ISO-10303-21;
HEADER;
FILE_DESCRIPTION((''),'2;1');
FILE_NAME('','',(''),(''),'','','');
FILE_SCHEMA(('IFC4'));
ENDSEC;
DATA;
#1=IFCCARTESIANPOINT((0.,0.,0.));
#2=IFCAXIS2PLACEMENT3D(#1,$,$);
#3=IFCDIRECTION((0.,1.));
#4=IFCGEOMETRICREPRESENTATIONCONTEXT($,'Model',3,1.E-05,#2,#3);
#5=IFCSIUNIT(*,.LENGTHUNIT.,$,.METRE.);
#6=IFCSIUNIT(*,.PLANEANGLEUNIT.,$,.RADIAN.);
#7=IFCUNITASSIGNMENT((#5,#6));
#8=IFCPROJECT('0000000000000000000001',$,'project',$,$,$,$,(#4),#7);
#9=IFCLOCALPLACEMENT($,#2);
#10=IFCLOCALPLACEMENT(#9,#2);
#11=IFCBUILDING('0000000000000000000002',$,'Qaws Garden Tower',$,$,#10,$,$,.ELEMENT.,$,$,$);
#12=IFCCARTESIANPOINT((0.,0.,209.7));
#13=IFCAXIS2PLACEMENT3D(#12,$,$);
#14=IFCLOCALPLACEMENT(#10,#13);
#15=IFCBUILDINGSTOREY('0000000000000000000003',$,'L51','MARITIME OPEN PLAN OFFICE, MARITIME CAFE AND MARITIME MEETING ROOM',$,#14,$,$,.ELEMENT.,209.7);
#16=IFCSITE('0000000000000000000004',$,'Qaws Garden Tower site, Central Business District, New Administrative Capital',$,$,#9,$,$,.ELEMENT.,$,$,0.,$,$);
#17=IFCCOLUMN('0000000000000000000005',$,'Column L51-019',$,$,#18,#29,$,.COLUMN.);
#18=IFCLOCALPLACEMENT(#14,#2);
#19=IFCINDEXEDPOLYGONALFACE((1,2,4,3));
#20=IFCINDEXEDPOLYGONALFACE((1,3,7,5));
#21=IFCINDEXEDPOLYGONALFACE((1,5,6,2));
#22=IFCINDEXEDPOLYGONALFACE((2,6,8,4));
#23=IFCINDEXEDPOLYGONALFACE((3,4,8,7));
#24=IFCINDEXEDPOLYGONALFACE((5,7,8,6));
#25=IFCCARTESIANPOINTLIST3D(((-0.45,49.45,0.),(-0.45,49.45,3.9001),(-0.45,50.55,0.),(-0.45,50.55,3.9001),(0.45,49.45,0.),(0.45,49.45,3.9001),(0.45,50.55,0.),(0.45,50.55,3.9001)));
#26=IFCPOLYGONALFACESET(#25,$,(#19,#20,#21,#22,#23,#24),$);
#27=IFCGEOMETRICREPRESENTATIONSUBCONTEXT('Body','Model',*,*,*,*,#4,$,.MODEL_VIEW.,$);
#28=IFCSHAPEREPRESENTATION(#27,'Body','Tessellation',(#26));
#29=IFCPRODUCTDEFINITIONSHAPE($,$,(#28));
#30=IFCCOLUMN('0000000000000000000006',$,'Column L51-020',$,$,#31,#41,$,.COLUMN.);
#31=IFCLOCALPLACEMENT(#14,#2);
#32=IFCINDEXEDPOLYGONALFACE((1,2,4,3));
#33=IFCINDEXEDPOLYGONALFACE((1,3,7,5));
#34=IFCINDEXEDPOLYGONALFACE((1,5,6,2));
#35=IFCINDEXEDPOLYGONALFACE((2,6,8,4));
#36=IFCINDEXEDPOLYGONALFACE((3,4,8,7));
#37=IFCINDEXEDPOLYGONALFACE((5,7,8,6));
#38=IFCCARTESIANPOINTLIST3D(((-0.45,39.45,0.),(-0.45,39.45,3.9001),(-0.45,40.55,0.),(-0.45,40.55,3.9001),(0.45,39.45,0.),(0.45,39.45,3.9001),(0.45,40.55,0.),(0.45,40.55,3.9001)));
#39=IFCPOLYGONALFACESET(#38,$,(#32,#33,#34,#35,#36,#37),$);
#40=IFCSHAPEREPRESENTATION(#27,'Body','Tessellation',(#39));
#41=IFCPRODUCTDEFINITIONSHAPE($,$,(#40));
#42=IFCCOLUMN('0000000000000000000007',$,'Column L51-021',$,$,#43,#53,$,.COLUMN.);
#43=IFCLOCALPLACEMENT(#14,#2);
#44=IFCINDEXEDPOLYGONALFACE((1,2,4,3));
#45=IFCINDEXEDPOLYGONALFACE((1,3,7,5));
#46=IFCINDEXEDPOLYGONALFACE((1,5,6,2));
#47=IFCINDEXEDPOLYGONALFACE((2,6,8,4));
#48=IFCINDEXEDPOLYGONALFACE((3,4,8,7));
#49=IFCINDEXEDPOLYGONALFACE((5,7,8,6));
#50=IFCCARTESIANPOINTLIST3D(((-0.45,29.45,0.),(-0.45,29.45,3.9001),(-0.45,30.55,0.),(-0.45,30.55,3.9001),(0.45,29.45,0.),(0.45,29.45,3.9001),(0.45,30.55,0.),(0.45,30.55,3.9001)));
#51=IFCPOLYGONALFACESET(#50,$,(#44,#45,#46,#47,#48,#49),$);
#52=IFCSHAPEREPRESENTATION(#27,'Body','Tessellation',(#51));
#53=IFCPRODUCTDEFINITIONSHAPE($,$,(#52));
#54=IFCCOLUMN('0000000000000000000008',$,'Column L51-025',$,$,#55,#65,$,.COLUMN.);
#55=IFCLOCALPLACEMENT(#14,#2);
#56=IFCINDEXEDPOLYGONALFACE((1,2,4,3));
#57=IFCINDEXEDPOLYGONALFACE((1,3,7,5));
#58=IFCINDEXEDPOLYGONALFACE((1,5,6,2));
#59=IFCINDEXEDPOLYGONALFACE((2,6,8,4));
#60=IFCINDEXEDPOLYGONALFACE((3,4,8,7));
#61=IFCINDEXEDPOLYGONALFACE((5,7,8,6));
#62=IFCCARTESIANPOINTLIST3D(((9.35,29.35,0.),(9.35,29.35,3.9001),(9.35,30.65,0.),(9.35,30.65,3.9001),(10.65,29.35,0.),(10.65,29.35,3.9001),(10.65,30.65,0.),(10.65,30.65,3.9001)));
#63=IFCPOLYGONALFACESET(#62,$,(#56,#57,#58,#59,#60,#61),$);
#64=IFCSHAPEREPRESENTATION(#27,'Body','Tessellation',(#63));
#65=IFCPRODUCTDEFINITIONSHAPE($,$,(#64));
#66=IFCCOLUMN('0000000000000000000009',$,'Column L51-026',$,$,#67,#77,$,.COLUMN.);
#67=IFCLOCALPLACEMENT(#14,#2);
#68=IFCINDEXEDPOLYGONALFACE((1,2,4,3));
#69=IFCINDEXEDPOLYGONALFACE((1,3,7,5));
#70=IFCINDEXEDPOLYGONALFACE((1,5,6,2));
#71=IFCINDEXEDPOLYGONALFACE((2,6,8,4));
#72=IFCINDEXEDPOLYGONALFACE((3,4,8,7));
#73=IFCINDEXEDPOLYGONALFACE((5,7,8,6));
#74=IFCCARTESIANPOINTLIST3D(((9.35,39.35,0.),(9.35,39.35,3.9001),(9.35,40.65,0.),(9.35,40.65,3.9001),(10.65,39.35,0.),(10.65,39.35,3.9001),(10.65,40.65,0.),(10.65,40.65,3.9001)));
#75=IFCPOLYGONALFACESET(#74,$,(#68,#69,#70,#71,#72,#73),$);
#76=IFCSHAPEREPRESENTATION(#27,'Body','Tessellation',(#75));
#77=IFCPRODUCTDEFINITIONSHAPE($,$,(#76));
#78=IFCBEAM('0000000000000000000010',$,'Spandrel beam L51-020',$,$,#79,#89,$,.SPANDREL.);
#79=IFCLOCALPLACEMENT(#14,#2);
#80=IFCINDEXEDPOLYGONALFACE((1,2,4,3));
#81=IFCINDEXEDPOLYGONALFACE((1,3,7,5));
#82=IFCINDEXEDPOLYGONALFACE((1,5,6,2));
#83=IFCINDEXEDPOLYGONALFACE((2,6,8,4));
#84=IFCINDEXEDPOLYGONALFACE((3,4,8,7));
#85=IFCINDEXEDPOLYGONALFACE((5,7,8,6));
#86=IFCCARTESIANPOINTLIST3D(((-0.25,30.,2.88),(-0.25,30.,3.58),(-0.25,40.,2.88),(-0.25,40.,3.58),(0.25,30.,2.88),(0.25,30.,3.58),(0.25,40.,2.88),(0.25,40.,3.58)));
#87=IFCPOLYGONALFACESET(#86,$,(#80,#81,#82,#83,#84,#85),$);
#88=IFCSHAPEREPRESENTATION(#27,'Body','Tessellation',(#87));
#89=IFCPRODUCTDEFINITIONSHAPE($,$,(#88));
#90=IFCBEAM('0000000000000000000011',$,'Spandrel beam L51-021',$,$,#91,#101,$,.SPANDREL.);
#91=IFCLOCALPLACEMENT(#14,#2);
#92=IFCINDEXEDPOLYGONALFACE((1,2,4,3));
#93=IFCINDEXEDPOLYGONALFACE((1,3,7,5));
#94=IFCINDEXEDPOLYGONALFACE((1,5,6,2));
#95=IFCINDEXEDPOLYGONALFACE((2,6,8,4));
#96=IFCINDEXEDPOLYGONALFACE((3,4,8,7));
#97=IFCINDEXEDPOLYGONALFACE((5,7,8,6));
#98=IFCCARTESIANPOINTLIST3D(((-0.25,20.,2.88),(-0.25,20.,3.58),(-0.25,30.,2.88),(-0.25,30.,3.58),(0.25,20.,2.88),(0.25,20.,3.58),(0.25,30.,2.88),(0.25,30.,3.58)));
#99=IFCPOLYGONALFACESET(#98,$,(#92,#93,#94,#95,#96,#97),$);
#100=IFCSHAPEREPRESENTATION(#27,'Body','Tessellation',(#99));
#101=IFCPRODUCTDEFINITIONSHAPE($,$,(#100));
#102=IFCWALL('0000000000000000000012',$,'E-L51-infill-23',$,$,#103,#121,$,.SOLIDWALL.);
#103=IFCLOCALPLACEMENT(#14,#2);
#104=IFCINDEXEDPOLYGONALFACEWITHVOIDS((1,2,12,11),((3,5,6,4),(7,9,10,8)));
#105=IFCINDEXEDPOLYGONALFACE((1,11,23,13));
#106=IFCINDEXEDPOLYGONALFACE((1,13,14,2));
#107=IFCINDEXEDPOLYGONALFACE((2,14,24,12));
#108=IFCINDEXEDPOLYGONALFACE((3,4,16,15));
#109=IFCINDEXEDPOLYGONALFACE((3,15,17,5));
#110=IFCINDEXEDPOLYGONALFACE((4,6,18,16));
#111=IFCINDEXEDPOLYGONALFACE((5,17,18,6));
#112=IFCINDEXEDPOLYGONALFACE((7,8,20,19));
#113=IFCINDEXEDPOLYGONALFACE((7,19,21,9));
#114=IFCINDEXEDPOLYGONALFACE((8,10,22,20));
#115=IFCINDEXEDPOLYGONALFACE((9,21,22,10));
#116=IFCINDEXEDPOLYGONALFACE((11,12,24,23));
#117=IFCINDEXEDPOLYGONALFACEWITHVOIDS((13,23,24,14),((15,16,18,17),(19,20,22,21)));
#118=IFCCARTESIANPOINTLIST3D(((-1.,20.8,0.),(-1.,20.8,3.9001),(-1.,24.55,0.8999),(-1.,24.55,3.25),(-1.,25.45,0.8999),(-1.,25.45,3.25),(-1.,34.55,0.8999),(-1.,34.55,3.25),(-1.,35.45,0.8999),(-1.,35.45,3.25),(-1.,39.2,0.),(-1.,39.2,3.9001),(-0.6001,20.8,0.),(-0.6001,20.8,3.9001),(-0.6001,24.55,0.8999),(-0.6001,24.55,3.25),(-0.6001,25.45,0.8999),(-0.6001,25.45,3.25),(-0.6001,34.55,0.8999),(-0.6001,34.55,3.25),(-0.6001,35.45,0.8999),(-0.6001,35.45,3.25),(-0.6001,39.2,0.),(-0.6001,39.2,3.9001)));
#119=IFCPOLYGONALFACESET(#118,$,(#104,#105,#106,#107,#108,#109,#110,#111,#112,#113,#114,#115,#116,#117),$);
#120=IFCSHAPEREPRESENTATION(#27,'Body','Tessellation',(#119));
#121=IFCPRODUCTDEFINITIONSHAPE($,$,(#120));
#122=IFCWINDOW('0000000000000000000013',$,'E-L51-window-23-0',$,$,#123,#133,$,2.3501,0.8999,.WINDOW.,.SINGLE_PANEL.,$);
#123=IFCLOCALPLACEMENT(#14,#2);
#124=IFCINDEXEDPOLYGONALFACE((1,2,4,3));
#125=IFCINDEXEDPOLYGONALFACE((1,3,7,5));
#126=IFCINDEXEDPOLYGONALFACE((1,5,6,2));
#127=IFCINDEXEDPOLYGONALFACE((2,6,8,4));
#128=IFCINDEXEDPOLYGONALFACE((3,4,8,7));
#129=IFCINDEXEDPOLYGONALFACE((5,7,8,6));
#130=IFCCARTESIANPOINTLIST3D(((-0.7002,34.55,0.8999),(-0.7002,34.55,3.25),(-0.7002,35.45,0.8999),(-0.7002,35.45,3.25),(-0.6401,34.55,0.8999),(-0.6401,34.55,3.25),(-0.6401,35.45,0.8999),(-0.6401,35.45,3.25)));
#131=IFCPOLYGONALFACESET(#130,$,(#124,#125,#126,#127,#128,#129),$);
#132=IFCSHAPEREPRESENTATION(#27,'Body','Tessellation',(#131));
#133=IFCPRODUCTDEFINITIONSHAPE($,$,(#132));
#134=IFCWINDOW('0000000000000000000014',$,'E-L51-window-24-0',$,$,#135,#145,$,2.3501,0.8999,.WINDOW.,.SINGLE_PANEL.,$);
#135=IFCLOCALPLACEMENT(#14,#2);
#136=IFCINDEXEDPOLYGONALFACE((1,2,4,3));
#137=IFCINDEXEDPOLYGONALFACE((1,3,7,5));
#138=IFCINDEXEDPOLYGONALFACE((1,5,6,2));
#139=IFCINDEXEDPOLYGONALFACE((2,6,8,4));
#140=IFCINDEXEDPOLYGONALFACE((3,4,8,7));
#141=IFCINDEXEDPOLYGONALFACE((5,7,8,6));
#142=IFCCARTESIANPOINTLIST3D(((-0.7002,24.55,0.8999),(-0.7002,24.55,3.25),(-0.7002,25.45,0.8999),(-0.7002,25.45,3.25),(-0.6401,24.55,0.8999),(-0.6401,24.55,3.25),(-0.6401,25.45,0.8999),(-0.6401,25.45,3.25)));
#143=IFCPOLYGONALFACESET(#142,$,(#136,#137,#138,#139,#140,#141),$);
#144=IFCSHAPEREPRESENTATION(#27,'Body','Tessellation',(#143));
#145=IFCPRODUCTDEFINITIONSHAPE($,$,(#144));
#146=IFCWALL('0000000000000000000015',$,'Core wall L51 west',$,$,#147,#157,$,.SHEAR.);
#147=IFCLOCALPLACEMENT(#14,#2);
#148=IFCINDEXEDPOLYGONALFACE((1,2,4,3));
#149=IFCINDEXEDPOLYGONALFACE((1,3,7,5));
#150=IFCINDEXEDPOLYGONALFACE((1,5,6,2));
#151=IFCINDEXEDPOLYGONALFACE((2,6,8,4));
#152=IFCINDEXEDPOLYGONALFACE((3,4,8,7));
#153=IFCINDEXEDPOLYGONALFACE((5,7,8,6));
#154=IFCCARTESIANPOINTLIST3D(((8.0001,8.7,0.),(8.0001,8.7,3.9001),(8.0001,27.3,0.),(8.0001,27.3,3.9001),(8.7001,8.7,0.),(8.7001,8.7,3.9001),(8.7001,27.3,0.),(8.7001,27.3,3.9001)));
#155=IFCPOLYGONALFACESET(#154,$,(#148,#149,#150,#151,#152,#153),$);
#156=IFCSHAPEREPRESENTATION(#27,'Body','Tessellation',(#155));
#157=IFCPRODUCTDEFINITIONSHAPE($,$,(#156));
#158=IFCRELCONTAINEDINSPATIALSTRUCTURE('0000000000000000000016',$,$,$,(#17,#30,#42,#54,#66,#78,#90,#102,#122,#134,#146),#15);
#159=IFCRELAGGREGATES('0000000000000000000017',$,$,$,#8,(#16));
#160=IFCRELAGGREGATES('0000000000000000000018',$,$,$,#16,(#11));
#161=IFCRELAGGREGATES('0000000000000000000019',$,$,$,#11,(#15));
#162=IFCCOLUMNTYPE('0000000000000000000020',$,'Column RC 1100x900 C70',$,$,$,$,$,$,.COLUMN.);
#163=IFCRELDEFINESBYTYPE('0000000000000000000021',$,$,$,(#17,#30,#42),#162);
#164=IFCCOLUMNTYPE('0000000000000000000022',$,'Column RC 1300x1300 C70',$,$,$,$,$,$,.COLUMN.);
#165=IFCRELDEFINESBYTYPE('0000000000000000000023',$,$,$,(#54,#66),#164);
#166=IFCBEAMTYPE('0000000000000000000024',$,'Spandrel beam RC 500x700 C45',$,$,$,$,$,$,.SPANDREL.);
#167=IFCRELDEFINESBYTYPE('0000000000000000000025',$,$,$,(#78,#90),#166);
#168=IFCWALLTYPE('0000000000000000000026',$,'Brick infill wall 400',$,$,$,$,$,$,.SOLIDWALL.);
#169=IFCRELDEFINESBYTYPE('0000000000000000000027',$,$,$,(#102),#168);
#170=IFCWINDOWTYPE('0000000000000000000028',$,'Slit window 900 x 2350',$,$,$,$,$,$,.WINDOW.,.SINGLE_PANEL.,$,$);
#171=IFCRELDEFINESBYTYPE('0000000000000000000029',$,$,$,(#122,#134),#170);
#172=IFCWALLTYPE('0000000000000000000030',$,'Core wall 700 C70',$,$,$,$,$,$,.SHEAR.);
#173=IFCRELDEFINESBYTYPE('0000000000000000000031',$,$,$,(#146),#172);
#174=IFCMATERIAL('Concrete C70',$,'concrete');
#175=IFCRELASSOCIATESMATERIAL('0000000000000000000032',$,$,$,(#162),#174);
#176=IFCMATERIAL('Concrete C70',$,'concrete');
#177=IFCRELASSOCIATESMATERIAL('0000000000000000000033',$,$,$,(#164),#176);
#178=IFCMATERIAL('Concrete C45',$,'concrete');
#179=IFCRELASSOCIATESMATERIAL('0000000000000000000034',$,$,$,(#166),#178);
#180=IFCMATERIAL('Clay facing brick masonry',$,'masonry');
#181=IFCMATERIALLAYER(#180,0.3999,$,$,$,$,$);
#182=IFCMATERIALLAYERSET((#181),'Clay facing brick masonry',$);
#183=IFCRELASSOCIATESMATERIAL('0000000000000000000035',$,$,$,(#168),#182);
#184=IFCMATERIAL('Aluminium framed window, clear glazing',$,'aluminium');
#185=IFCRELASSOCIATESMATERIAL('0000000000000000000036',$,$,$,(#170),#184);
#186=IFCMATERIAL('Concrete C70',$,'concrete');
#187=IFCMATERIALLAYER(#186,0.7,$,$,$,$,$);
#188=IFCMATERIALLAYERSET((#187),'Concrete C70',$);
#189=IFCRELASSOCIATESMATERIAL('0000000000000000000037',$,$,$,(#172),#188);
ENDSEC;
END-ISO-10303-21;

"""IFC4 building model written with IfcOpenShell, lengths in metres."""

from ifc_helpers import new_model, si_unit, direction, frame, frame_2d, origin, origin_2d, place, context, subcontext, project, spatial, rectangle, extrude, material, layer, layer_set, material_profile, profile_set, type_object, element, fill, save


model = new_model("IFC4")

# Units and contexts
model_context = context("Model", 3, precision=1e-05, world=origin(), true_north=direction((0.0, 1.0)))
body_context = subcontext(model_context, "Body", "Model", "MODEL_VIEW")
ifc_project = project(units=[si_unit("LENGTHUNIT", "METRE"), si_unit("PLANEANGLEUNIT", "RADIAN")], contexts=[model_context])

# Site, building, storey
site_placement = place(None, origin())
site = spatial("IfcSite", under=ifc_project, at=site_placement, Name="Qaws Garden Tower site, Central Business District, New Administrative Capital", CompositionType="ELEMENT", RefElevation=0.0)
building_placement = place(site_placement, origin())
building = spatial("IfcBuilding", under=site, at=building_placement, Name="Qaws Garden Tower", CompositionType="ELEMENT")
storey_placement = place(building_placement, frame((0.0, 0.0, 209.7)))
storey = spatial("IfcBuildingStorey", under=building, at=storey_placement, Name="L51", Description="MARITIME OPEN PLAN OFFICE, MARITIME CAFE AND MARITIME MEETING ROOM", CompositionType="ELEMENT", Elevation=209.7)

# Columns
ifc_material_1 = material(Name="Concrete C70", Category="concrete")
ifc_material_profile_1 = material_profile(ifc_material_1, rectangle(XDim=1.1001, YDim=0.8999, at=origin_2d()), Name="RC 1100x900")
ifc_profile_set_1 = profile_set([ifc_material_profile_1], Name="Concrete C70")
column_type_1 = type_object("IfcColumnType", Name="Column RC 1100x900 C70", PredefinedType="COLUMN", material=ifc_profile_set_1)
for number, where, z_axis, x_axis, name in (
    (1, (0.0, 50.0, 0.0), (0.0, 0.0, 1.0), (0.0, 1.0, 0.0), "Column L51-019"),
    (2, (0.0, 40.0, 0.0), (0.0, 0.0, 1.0), (0.0, 1.0, 0.0), "Column L51-020"),
    (3, (0.0, 30.0, 0.0), (0.0, 0.0, 1.0), (0.0, 1.0, 0.0), "Column L51-021"),
):
    element("IfcColumn", number, at=place(storey_placement, frame(where, z_axis=z_axis, x_axis=x_axis)), inside=storey, type_object=column_type_1, Name=name, PredefinedType="COLUMN", context=body_context, shape_type="SweptSolid", body=[
        extrude(rectangle(XDim=1.1001, YDim=0.8999, at=origin_2d()), origin(), (0.0, 0.0, 1.0), 3.9001),
    ])
ifc_material_2 = material(Name="Concrete C70", Category="concrete")
ifc_material_profile_2 = material_profile(ifc_material_2, rectangle(XDim=1.3, YDim=1.3, at=origin_2d()), Name="RC 1300x1300")
ifc_profile_set_2 = profile_set([ifc_material_profile_2], Name="Concrete C70")
column_type_2 = type_object("IfcColumnType", Name="Column RC 1300x1300 C70", PredefinedType="COLUMN", material=ifc_profile_set_2)
for number, where, z_axis, x_axis, name in (
    (4, (10.0, 30.0, 0.0), (0.0, 0.0, 1.0), (1.0, 0.0, 0.0), "Column L51-025"),
    (5, (10.0, 40.0, 0.0), (0.0, 0.0, 1.0), (1.0, 0.0, 0.0), "Column L51-026"),
):
    element("IfcColumn", number, at=place(storey_placement, frame(where, z_axis=z_axis, x_axis=x_axis)), inside=storey, type_object=column_type_2, Name=name, PredefinedType="COLUMN", context=body_context, shape_type="SweptSolid", body=[
        extrude(rectangle(XDim=1.3, YDim=1.3, at=origin_2d()), origin(), (0.0, 0.0, 1.0), 3.9001),
    ])

# Beams
ifc_material_3 = material(Name="Concrete C45", Category="concrete")
ifc_material_profile_3 = material_profile(ifc_material_3, rectangle(XDim=0.5, YDim=0.7, at=origin_2d()), Name="RC 500x700")
ifc_profile_set_3 = profile_set([ifc_material_profile_3], Name="Concrete C45")
beam_type = type_object("IfcBeamType", Name="Spandrel beam RC 500x700 C45", PredefinedType="SPANDREL", material=ifc_profile_set_3)
for number, where, z_axis, x_axis, name in (
    (6, (0.0, 40.0, 3.23), (0.0, -1.0, 0.0), (1.0, 0.0, 0.0), "Spandrel beam L51-020"),
    (7, (0.0, 30.0, 3.23), (0.0, -1.0, 0.0), (1.0, 0.0, 0.0), "Spandrel beam L51-021"),
):
    element("IfcBeam", number, at=place(storey_placement, frame(where, z_axis=z_axis, x_axis=x_axis)), inside=storey, type_object=beam_type, Name=name, PredefinedType="SPANDREL", context=body_context, shape_type="SweptSolid", body=[
        extrude(rectangle(XDim=0.5, YDim=0.7, at=origin_2d()), origin(), (0.0, 0.0, 1.0), 10.0),
    ])

# Wall, openings, windows
ifc_material_4 = material(Name="Clay facing brick masonry", Category="masonry")
ifc_layer_1 = layer(ifc_material_4, 0.3999)
ifc_layer_set_1 = layer_set([ifc_layer_1], Name="Clay facing brick masonry")
wall_type_1 = type_object("IfcWallType", Name="Brick infill wall 400", PredefinedType="SOLIDWALL", material=ifc_layer_set_1)
wall_1_placement = place(storey_placement, frame((-0.8, 39.2, 0.0), z_axis=(0.0, 0.0, 1.0), x_axis=(0.0, -1.0, 0.0)))
wall_1 = element("IfcWall", 8, at=wall_1_placement, inside=storey, type_object=wall_type_1, Name="E-L51-infill-23", PredefinedType="SOLIDWALL", context=body_context, shape_type="SweptSolid", body=[
    extrude(rectangle(XDim=18.3999, YDim=0.3999, at=frame_2d((9.2, 0.0))), origin(), (0.0, 0.0, 1.0), 3.9001),
])
opening_1_placement = place(wall_1_placement, frame((3.75, 0.0, 0.8999)))
opening_1 = element("IfcOpeningElement", 9, at=opening_1_placement, cuts=wall_1, PredefinedType="OPENING", context=body_context, shape_type="SweptSolid", body=[
    extrude(rectangle(XDim=0.8999, YDim=2.3501, at=frame_2d((0.45, 1.175))), frame((0.0, 0.21, 0.0), z_axis=(0.0, -1.0, 0.0), x_axis=(1.0, 0.0, 0.0)), (0.0, 0.0, 1.0), 0.4199),
])
opening_2_placement = place(wall_1_placement, frame((13.75, 0.0, 0.8999)))
opening_2 = element("IfcOpeningElement", 10, at=opening_2_placement, cuts=wall_1, PredefinedType="OPENING", context=body_context, shape_type="SweptSolid", body=[
    extrude(rectangle(XDim=0.8999, YDim=2.3501, at=frame_2d((0.45, 1.175))), frame((0.0, 0.21, 0.0), z_axis=(0.0, -1.0, 0.0), x_axis=(1.0, 0.0, 0.0)), (0.0, 0.0, 1.0), 0.4199),
])
ifc_material_5 = material(Name="Aluminium framed window, clear glazing", Category="aluminium")
window_type = type_object("IfcWindowType", Name="Slit window 900 x 2350", PartitioningType="SINGLE_PANEL", PredefinedType="WINDOW", material=ifc_material_5)
window_1_placement = place(opening_1_placement, origin())
window_1 = element("IfcWindow", 11, at=window_1_placement, inside=storey, type_object=window_type, Name="E-L51-window-23-0", OverallHeight=2.3501, OverallWidth=0.8999, PartitioningType="SINGLE_PANEL", PredefinedType="WINDOW", context=body_context, shape_type="SweptSolid", body=[
    extrude(rectangle(XDim=0.8999, YDim=2.3501, at=frame_2d((0.45, 1.175))), frame((0.0, 0.1599, 0.0), z_axis=(0.0, -1.0, 0.0), x_axis=(1.0, 0.0, 0.0)), (0.0, 0.0, 1.0), 0.0601),
])
fill(opening_1, window_1)
window_2_placement = place(opening_2_placement, origin())
window_2 = element("IfcWindow", 12, at=window_2_placement, inside=storey, type_object=window_type, Name="E-L51-window-24-0", OverallHeight=2.3501, OverallWidth=0.8999, PartitioningType="SINGLE_PANEL", PredefinedType="WINDOW", context=body_context, shape_type="SweptSolid", body=[
    extrude(rectangle(XDim=0.8999, YDim=2.3501, at=frame_2d((0.45, 1.175))), frame((0.0, 0.1599, 0.0), z_axis=(0.0, -1.0, 0.0), x_axis=(1.0, 0.0, 0.0)), (0.0, 0.0, 1.0), 0.0601),
])
fill(opening_2, window_2)

# Wall
ifc_material_6 = material(Name="Concrete C70", Category="concrete")
ifc_layer_2 = layer(ifc_material_6, 0.7)
ifc_layer_set_2 = layer_set([ifc_layer_2], Name="Concrete C70")
wall_type_2 = type_object("IfcWallType", Name="Core wall 700 C70", PredefinedType="SHEAR", material=ifc_layer_set_2)
wall_2_placement = place(storey_placement, frame((8.3501, 27.3, 0.0), z_axis=(0.0, 0.0, 1.0), x_axis=(0.0, -1.0, 0.0)))
element("IfcWall", 13, at=wall_2_placement, inside=storey, type_object=wall_type_2, Name="Core wall L51 west", PredefinedType="SHEAR", context=body_context, shape_type="SweptSolid", body=[
    extrude(rectangle(XDim=18.6001, YDim=0.7, at=frame_2d((9.3, 0.0))), origin(), (0.0, 0.0, 1.0), 3.9001),
])

save(model, "model.ifc")
